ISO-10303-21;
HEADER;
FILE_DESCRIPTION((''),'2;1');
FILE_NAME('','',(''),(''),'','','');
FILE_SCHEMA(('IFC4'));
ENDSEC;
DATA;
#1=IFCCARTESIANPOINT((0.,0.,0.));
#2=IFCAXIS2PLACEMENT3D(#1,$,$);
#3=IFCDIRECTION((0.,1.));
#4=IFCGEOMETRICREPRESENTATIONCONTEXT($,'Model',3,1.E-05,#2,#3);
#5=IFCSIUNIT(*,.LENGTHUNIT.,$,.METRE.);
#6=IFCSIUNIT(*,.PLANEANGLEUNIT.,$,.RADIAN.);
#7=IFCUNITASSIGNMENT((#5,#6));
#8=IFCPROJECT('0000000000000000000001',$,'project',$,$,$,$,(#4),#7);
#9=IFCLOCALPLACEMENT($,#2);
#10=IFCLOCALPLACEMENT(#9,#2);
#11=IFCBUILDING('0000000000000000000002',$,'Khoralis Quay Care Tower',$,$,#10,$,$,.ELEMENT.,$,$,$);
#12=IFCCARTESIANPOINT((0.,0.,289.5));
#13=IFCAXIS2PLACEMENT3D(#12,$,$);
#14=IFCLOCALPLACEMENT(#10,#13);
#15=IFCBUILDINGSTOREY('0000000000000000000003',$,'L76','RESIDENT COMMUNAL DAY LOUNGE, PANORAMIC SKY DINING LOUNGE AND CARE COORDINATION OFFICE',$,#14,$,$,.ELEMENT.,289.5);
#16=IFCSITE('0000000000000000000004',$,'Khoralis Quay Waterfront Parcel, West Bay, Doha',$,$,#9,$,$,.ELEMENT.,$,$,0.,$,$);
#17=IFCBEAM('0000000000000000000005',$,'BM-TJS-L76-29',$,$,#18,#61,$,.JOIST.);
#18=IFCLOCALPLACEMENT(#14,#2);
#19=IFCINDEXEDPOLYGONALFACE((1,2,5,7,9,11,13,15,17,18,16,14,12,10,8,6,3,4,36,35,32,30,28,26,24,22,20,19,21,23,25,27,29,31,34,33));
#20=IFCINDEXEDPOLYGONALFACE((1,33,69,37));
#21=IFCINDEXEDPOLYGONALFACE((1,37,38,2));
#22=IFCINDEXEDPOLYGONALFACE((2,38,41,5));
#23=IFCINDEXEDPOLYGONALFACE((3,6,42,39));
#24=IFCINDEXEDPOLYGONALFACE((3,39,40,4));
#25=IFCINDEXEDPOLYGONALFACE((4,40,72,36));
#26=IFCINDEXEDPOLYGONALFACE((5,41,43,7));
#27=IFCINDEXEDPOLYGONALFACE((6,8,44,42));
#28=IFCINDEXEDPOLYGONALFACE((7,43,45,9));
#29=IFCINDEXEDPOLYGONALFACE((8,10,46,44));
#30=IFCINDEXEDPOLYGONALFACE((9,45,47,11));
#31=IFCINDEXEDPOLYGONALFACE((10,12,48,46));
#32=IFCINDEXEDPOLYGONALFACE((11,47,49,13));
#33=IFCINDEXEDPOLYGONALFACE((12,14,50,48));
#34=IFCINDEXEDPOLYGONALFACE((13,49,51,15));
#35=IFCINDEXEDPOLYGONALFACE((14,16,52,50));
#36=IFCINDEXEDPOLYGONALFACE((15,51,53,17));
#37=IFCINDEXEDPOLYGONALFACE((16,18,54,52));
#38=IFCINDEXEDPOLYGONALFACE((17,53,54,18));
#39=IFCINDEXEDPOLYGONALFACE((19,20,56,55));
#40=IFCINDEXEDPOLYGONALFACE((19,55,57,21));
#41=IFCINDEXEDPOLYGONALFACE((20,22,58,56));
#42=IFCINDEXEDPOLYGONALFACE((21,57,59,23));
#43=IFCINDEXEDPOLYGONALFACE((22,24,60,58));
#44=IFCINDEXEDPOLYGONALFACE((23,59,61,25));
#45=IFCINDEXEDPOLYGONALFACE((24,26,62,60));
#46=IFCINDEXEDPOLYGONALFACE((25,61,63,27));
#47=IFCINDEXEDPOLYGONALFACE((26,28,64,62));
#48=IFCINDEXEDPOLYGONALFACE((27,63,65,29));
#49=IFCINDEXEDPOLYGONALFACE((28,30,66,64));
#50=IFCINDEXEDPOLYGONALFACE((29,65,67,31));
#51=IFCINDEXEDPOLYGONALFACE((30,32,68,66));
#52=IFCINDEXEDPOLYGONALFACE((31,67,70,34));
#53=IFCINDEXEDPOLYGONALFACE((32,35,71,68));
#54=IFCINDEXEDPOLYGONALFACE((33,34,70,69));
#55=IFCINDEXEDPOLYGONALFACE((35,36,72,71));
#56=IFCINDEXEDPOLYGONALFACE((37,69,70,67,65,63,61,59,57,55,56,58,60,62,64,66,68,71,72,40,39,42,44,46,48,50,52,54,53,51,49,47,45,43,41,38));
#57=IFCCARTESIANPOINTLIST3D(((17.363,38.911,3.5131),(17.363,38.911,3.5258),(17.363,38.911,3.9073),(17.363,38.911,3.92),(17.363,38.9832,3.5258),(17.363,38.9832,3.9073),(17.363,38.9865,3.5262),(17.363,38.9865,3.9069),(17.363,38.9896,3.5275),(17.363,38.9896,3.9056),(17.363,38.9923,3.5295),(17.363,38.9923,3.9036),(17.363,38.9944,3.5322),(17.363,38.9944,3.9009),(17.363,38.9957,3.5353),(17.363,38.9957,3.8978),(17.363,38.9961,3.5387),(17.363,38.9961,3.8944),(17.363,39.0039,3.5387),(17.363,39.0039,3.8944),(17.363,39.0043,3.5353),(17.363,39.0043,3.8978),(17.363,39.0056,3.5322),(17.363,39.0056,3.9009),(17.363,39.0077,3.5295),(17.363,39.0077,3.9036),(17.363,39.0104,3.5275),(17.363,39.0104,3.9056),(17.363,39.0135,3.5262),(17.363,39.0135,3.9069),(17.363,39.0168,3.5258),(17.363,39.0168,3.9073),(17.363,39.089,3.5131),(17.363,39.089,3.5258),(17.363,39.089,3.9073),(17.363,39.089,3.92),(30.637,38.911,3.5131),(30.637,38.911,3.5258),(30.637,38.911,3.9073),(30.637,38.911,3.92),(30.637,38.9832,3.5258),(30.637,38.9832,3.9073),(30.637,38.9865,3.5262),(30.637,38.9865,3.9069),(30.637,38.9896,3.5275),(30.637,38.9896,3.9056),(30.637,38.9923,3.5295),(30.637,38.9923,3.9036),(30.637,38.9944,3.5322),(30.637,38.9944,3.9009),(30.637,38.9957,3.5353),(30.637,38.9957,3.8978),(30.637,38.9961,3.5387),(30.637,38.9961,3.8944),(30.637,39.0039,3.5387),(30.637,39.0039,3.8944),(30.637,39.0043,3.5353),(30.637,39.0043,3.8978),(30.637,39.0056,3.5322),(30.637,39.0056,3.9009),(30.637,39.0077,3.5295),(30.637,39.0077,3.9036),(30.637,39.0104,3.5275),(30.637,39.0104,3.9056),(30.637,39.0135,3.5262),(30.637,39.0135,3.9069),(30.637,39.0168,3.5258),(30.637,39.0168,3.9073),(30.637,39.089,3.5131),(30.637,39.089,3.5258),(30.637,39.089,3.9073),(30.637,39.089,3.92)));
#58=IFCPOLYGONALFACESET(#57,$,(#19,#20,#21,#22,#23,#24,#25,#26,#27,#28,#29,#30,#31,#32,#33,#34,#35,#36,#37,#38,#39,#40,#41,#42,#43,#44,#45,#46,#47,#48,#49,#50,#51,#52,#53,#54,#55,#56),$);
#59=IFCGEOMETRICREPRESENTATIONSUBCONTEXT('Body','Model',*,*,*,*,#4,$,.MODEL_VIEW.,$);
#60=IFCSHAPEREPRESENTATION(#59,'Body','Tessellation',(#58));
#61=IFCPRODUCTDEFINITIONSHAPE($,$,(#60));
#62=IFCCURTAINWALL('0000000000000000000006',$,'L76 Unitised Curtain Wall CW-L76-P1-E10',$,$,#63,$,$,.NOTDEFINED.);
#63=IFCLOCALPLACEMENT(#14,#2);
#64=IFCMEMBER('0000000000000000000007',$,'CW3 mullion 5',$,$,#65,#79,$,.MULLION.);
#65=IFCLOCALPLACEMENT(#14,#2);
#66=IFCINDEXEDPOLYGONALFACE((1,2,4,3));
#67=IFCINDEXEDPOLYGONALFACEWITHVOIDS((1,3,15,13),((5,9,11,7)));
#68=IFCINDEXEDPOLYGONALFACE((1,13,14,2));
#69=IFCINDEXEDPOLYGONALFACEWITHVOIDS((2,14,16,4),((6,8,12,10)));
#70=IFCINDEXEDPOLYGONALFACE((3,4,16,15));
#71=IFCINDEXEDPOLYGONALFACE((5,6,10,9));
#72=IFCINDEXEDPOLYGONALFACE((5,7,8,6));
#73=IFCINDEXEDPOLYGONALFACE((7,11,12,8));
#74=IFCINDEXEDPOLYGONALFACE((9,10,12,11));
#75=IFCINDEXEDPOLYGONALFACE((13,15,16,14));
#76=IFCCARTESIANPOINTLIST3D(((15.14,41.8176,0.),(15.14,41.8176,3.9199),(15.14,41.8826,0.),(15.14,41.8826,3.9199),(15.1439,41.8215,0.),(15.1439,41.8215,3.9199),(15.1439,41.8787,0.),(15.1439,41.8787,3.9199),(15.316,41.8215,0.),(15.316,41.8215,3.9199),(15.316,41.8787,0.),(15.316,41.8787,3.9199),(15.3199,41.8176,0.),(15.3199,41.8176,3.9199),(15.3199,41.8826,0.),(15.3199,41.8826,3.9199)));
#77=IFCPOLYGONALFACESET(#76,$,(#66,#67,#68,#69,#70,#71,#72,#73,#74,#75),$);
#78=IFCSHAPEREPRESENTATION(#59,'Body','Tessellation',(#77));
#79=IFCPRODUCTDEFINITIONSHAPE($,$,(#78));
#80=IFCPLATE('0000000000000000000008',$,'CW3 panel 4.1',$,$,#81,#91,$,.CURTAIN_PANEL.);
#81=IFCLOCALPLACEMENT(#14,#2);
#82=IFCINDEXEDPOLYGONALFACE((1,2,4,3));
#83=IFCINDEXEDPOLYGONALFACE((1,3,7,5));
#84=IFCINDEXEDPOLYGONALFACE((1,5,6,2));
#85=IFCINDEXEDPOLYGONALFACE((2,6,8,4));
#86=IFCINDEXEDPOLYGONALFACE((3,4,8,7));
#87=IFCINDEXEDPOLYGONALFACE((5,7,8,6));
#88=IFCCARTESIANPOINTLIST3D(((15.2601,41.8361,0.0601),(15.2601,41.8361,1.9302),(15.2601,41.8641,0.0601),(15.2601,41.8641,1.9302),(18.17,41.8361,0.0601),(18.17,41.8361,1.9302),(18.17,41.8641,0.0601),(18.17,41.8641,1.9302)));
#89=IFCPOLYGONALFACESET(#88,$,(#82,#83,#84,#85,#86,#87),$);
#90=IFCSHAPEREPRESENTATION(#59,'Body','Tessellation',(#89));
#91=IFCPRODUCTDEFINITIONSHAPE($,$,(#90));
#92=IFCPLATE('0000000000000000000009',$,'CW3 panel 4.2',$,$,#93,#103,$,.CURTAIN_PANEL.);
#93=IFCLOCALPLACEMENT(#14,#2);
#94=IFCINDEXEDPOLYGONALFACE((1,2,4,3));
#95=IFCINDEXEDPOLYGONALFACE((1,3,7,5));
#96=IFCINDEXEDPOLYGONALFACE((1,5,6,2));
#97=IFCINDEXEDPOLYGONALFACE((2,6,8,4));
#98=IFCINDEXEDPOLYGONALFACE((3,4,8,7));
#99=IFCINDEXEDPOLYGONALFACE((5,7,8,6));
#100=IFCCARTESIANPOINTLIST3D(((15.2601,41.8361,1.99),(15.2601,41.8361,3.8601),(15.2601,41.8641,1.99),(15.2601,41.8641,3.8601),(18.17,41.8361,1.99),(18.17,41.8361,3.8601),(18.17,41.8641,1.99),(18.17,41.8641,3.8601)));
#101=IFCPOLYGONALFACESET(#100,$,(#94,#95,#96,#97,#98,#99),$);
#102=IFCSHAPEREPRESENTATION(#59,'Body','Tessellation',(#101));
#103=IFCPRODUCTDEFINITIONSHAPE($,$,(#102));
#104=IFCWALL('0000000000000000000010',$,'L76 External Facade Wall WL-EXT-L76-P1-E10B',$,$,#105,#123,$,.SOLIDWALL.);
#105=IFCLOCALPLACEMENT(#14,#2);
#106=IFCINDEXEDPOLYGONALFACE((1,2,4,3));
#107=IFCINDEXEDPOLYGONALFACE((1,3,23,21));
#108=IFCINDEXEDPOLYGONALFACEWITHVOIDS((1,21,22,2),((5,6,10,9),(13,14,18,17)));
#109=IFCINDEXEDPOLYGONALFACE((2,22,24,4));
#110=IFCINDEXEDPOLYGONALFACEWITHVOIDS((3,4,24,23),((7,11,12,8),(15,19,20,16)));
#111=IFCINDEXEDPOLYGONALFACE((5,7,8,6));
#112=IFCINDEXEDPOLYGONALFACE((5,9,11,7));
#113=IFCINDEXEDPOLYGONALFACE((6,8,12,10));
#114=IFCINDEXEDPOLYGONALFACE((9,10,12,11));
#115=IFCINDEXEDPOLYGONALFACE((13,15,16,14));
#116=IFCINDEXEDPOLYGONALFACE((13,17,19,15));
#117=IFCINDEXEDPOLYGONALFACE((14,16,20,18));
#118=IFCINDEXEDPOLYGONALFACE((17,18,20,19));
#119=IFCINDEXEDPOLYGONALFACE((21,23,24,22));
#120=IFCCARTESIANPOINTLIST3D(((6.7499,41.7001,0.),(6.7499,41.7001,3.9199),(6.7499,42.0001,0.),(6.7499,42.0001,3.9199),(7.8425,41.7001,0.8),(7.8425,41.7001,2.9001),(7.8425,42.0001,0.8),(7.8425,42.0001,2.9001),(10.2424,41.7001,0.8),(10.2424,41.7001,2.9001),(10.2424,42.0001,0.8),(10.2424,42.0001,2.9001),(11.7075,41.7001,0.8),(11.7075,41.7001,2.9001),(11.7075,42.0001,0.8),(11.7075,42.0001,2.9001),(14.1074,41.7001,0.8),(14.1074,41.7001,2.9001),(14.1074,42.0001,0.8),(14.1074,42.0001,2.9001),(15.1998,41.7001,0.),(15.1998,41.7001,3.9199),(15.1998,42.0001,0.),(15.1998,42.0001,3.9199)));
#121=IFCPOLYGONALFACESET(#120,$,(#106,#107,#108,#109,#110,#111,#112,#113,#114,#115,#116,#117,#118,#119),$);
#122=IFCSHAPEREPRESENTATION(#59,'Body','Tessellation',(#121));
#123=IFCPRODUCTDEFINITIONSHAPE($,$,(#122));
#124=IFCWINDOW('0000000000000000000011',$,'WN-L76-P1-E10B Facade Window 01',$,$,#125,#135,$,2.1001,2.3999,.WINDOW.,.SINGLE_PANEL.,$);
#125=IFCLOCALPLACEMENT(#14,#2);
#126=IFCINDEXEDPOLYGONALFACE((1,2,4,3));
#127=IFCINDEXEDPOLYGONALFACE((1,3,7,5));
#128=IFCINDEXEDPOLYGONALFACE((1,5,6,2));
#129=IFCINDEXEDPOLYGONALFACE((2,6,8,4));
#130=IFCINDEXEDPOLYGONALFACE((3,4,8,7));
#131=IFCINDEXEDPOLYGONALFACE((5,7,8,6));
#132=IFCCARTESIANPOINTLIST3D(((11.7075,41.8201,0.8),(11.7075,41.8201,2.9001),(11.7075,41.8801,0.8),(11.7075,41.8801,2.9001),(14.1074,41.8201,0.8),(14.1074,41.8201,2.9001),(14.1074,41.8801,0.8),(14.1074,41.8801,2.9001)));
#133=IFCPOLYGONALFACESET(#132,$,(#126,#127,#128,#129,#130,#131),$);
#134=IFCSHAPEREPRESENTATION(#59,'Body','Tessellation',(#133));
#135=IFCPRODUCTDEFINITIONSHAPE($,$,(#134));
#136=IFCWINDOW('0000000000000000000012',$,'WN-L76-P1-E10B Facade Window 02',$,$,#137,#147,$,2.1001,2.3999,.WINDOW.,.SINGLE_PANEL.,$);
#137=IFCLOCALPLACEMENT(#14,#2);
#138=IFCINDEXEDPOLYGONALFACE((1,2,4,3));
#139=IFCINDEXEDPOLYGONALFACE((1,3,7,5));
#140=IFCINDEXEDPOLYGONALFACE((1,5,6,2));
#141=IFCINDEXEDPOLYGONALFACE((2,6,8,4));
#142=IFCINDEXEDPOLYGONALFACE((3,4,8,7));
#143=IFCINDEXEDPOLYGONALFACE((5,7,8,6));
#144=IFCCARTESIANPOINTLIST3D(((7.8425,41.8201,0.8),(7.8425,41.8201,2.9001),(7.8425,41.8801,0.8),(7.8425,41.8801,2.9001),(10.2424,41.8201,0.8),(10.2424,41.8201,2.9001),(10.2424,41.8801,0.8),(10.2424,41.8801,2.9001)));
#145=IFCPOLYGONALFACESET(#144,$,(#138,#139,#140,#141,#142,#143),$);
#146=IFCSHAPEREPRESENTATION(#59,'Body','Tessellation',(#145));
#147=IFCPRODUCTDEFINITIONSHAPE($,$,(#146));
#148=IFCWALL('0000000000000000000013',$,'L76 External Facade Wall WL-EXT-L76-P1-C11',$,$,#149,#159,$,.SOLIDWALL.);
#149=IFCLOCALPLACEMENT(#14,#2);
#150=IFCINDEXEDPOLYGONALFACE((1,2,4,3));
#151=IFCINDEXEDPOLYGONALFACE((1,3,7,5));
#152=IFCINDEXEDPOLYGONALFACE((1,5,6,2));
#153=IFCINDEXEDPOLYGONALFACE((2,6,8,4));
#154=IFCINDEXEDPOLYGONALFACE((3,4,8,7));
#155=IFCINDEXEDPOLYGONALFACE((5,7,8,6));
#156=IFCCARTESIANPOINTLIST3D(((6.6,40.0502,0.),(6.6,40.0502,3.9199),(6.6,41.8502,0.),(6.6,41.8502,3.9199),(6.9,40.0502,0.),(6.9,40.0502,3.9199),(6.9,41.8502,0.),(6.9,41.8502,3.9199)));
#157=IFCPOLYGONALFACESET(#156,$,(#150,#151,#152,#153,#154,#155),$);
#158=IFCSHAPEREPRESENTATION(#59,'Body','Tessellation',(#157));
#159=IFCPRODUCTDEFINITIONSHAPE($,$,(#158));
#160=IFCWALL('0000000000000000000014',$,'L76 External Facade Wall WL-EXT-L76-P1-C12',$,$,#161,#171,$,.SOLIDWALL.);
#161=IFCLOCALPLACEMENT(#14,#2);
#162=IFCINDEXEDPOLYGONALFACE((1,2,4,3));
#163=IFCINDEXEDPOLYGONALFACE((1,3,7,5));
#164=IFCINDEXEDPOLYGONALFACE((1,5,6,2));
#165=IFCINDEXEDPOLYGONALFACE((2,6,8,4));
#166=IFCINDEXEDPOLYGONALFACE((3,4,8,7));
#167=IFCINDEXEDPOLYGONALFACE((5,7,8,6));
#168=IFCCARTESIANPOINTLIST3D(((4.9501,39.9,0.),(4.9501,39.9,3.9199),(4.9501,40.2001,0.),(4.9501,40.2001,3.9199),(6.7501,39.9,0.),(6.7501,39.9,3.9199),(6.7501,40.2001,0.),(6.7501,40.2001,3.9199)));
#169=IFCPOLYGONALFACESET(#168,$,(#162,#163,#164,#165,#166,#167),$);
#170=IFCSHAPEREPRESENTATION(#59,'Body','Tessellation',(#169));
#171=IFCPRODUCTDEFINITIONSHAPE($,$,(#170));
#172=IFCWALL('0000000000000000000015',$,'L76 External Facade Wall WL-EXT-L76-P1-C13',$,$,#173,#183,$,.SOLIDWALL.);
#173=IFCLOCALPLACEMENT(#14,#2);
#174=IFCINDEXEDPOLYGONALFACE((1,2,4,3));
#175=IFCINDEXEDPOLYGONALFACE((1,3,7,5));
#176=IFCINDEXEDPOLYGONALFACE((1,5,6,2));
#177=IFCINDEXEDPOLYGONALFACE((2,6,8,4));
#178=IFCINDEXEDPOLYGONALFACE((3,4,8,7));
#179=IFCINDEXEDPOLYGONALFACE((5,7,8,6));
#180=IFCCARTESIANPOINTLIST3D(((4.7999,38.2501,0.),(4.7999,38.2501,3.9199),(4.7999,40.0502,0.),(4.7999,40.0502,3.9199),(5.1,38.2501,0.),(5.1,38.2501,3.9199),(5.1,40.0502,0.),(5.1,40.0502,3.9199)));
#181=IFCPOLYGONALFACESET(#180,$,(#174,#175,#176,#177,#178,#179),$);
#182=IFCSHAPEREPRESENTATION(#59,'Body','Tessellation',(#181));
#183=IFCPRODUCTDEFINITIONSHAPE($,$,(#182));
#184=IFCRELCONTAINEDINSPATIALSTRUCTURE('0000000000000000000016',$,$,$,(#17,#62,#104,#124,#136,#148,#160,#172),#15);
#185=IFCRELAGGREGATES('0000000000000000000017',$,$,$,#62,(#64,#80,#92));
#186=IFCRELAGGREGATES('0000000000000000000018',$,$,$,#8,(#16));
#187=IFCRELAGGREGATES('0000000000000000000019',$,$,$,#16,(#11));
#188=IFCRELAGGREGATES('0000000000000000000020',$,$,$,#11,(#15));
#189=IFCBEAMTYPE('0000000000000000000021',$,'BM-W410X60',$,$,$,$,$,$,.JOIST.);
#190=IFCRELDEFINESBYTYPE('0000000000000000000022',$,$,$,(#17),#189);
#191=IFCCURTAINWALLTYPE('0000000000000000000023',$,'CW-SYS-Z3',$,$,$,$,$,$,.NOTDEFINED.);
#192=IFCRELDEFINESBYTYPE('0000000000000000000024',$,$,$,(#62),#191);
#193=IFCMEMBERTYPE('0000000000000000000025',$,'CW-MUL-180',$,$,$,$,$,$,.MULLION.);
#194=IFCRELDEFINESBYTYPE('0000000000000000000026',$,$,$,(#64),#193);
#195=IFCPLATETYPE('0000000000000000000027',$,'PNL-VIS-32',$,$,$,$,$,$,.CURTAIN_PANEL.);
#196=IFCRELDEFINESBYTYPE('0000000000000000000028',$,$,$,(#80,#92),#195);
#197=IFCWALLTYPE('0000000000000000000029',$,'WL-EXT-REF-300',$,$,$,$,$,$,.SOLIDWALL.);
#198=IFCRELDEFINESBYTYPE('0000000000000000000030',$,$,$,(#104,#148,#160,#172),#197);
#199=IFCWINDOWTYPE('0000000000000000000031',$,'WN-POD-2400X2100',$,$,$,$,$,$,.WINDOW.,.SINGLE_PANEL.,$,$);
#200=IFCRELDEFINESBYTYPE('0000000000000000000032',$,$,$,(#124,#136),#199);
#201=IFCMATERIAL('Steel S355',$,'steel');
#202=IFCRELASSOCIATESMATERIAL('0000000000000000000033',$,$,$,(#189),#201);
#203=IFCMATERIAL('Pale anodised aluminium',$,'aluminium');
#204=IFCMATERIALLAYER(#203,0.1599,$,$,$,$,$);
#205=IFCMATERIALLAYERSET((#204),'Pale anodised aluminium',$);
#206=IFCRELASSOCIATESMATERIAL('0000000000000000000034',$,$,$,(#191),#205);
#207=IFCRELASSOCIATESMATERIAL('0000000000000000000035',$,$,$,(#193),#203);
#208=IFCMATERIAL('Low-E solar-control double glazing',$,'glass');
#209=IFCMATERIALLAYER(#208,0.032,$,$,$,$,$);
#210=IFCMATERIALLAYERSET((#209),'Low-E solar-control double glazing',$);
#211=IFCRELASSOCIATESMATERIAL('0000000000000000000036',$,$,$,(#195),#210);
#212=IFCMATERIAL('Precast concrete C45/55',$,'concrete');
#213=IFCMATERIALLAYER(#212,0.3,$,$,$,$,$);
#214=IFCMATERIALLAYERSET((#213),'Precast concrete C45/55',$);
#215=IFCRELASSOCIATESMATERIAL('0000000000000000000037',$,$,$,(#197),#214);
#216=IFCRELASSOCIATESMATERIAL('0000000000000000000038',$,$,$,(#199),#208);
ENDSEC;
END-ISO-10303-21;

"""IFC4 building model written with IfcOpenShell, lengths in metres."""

from ifc_helpers import new_model, si_unit, direction, frame, frame_2d, origin, origin_2d, place, context, subcontext, project, spatial, rectangle, hollow_rectangle, i_section, extrude, source, transform, mapped, material, layer, layer_set, material_profile, profile_set, type_object, element, fill, aggregate, save


model = new_model("IFC4")

# Units and contexts
model_context = context("Model", 3, precision=1e-05, world=origin(), true_north=direction((0.0, 1.0)))
body_context = subcontext(model_context, "Body", "Model", "MODEL_VIEW")
ifc_project = project(units=[si_unit("LENGTHUNIT", "METRE"), si_unit("PLANEANGLEUNIT", "RADIAN")], contexts=[model_context])

# Site, building, storey
site_placement = place(None, origin())
site = spatial("IfcSite", under=ifc_project, at=site_placement, Name="Khoralis Quay Waterfront Parcel, West Bay, Doha", CompositionType="ELEMENT", RefElevation=0.0)
building_placement = place(site_placement, origin())
building = spatial("IfcBuilding", under=site, at=building_placement, Name="Khoralis Quay Care Tower", CompositionType="ELEMENT")
storey_placement = place(building_placement, frame((0.0, 0.0, 289.5)))
storey = spatial("IfcBuildingStorey", under=building, at=storey_placement, Name="L76", Description="RESIDENT COMMUNAL DAY LOUNGE, PANORAMIC SKY DINING LOUNGE AND CARE COORDINATION OFFICE", CompositionType="ELEMENT", Elevation=289.5)

# Beam
ifc_material_1 = material(Name="Steel S355", Category="steel")
ifc_material_profile_1 = material_profile(ifc_material_1, i_section(OverallWidth=0.178, OverallDepth=0.407, WebThickness=0.0078, FlangeThickness=0.0127, FilletRadius=0.0129, at=origin_2d()), Name="Steel S355")
ifc_profile_set_1 = profile_set([ifc_material_profile_1], Name="Steel S355")
beam_type_1 = type_object("IfcBeamType", Name="BM-W410X60", PredefinedType="JOIST", material=ifc_profile_set_1)
shared_shape_1 = source(origin(), body_context, "Body", "SweptSolid", [
    extrude(i_section(OverallWidth=0.178, OverallDepth=0.407, WebThickness=0.0078, FlangeThickness=0.0127, FilletRadius=0.0129, at=origin_2d()), origin(), (0.0, 0.0, 1.0), 13.2739),
])
beam_1_placement = place(storey_placement, frame((17.363, 39.0, 3.7166), z_axis=(1.0, 0.0, 0.0), x_axis=(0.0, 1.0, 0.0)))
element("IfcBeam", 1, at=beam_1_placement, inside=storey, type_object=beam_type_1, Name="BM-TJS-L76-29", PredefinedType="JOIST", context=body_context, shape_type="MappedRepresentation", body=[
    mapped(shared_shape_1, transform((0.0, 0.0, 0.0), scale=1.0)),
])

# Curtain wall, member, plates
ifc_material_2 = material(Name="Pale anodised aluminium", Category="aluminium")
ifc_layer_1 = layer(ifc_material_2, 0.1599)
ifc_layer_set_1 = layer_set([ifc_layer_1], Name="Pale anodised aluminium")
curtain_wall_type = type_object("IfcCurtainWallType", Name="CW-SYS-Z3", PredefinedType="NOTDEFINED", material=ifc_layer_set_1)
curtain_wall_placement = place(storey_placement, origin())
curtain_wall = element("IfcCurtainWall", 2, at=curtain_wall_placement, inside=storey, type_object=curtain_wall_type, Name="L76 Unitised Curtain Wall CW-L76-P1-E10", PredefinedType="NOTDEFINED")
ifc_material_profile_2 = material_profile(ifc_material_2, hollow_rectangle(XDim=0.0649, YDim=0.1799, WallThickness=0.0039, at=origin_2d()), Name="Pale anodised aluminium")
ifc_profile_set_2 = profile_set([ifc_material_profile_2], Name="Pale anodised aluminium")
member_type = type_object("IfcMemberType", Name="CW-MUL-180", PredefinedType="MULLION", material=ifc_profile_set_2)
shared_shape_2 = source(origin(), body_context, "Body", "SweptSolid", [
    extrude(hollow_rectangle(XDim=0.0649, YDim=0.1799, WallThickness=0.0039, at=origin_2d()), origin(), (0.0, 0.0, 1.0), 3.9199),
])
member_placement = place(storey_placement, frame((15.23, 41.8501, 0.0), z_axis=(0.0, 0.0, 1.0), x_axis=(0.0, -1.0, 0.0)))
member = element("IfcMember", 3, at=member_placement, type_object=member_type, Name="CW3 mullion 5", PredefinedType="MULLION", context=body_context, shape_type="MappedRepresentation", body=[
    mapped(shared_shape_2, transform((0.0, 0.0, 0.0), scale=1.0)),
])
ifc_material_3 = material(Name="Low-E solar-control double glazing", Category="glass")
ifc_layer_2 = layer(ifc_material_3, 0.032)
ifc_layer_set_2 = layer_set([ifc_layer_2], Name="Low-E solar-control double glazing")
plate_type = type_object("IfcPlateType", Name="PNL-VIS-32", PredefinedType="CURTAIN_PANEL", material=ifc_layer_set_2)
shared_shape_3 = source(origin(), body_context, "Body", "SweptSolid", [
    extrude(rectangle(XDim=2.9099, YDim=0.0281, at=origin_2d()), origin(), (0.0, 0.0, 1.0), 1.8701),
])
plate_1_placement = place(storey_placement, frame((16.7151, 41.8501, 0.0601), z_axis=(0.0, 0.0, 1.0), x_axis=(-1.0, 0.0, 0.0)))
plate_1 = element("IfcPlate", 4, at=plate_1_placement, type_object=plate_type, Name="CW3 panel 4.1", PredefinedType="CURTAIN_PANEL", context=body_context, shape_type="MappedRepresentation", body=[
    mapped(shared_shape_3, transform((0.0, 0.0, 0.0), scale=1.0)),
])
plate_2_placement = place(storey_placement, frame((16.7151, 41.8501, 1.99), z_axis=(0.0, 0.0, 1.0), x_axis=(-1.0, 0.0, 0.0)))
plate_2 = element("IfcPlate", 5, at=plate_2_placement, type_object=plate_type, Name="CW3 panel 4.2", PredefinedType="CURTAIN_PANEL", context=body_context, shape_type="MappedRepresentation", body=[
    mapped(shared_shape_3, transform((0.0, 0.0, 0.0), scale=1.0)),
])
aggregate(curtain_wall, [member, plate_1, plate_2])

# Wall, openings, windows
ifc_material_4 = material(Name="Precast concrete C45/55", Category="concrete")
ifc_layer_3 = layer(ifc_material_4, 0.3)
ifc_layer_set_3 = layer_set([ifc_layer_3], Name="Precast concrete C45/55")
wall_type = type_object("IfcWallType", Name="WL-EXT-REF-300", PredefinedType="SOLIDWALL", material=ifc_layer_set_3)
wall_1_placement = place(storey_placement, frame((15.2, 41.8501, 0.0), z_axis=(0.0, 0.0, 1.0), x_axis=(-1.0, 0.0, 0.0)))
wall_1 = element("IfcWall", 6, at=wall_1_placement, inside=storey, type_object=wall_type, Name="L76 External Facade Wall WL-EXT-L76-P1-E10B", PredefinedType="SOLIDWALL", context=body_context, shape_type="SweptSolid", body=[
    extrude(rectangle(XDim=8.45, YDim=0.3, at=frame_2d((4.2251, 0.0))), origin(), (0.0, 0.0, 1.0), 3.9199),
])
opening_1_placement = place(wall_1_placement, frame((1.0925, 0.0, 0.8)))
opening_1 = element("IfcOpeningElement", 7, at=opening_1_placement, cuts=wall_1, PredefinedType="OPENING", context=body_context, shape_type="SweptSolid", body=[
    extrude(rectangle(XDim=2.3999, YDim=2.1001, at=frame_2d((1.2, 1.05))), frame((0.0, 0.1602, 0.0), z_axis=(0.0, -1.0, 0.0), x_axis=(1.0, 0.0, 0.0)), (0.0, 0.0, 1.0), 0.3201),
])
opening_2_placement = place(wall_1_placement, frame((4.9575, 0.0, 0.8)))
opening_2 = element("IfcOpeningElement", 8, at=opening_2_placement, cuts=wall_1, PredefinedType="OPENING", context=body_context, shape_type="SweptSolid", body=[
    extrude(rectangle(XDim=2.3999, YDim=2.1001, at=frame_2d((1.2, 1.05))), frame((0.0, 0.1602, 0.0), z_axis=(0.0, -1.0, 0.0), x_axis=(1.0, 0.0, 0.0)), (0.0, 0.0, 1.0), 0.3201),
])
window_type = type_object("IfcWindowType", Name="WN-POD-2400X2100", PartitioningType="SINGLE_PANEL", PredefinedType="WINDOW", material=ifc_material_3)
shared_shape_4 = source(origin(), body_context, "Body", "SweptSolid", [
    extrude(rectangle(XDim=2.3999, YDim=2.1001, at=frame_2d((1.2, 1.05))), frame((0.0, 0.03, 0.0), z_axis=(0.0, -1.0, 0.0), x_axis=(1.0, 0.0, 0.0)), (0.0, 0.0, 1.0), 0.0601),
])
window_1_placement = place(opening_1_placement, origin())
window_1 = element("IfcWindow", 9, at=window_1_placement, inside=storey, type_object=window_type, Name="WN-L76-P1-E10B Facade Window 01", OverallHeight=2.1001, OverallWidth=2.3999, PartitioningType="SINGLE_PANEL", PredefinedType="WINDOW", context=body_context, shape_type="MappedRepresentation", body=[
    mapped(shared_shape_4, transform((0.0, 0.0, 0.0), scale=1.0)),
])
fill(opening_1, window_1)
window_2_placement = place(opening_2_placement, origin())
window_2 = element("IfcWindow", 10, at=window_2_placement, inside=storey, type_object=window_type, Name="WN-L76-P1-E10B Facade Window 02", OverallHeight=2.1001, OverallWidth=2.3999, PartitioningType="SINGLE_PANEL", PredefinedType="WINDOW", context=body_context, shape_type="MappedRepresentation", body=[
    mapped(shared_shape_4, transform((0.0, 0.0, 0.0), scale=1.0)),
])
fill(opening_2, window_2)

# Walls
for number, where, z_axis, x_axis, name in (
    (11, (6.75, 41.8501, 0.0), (0.0, 0.0, 1.0), (0.0, -1.0, 0.0), "L76 External Facade Wall WL-EXT-L76-P1-C11"),
    (12, (6.75, 40.05, 0.0), (0.0, 0.0, 1.0), (-1.0, 0.0, 0.0), "L76 External Facade Wall WL-EXT-L76-P1-C12"),
    (13, (4.95, 40.05, 0.0), (0.0, 0.0, 1.0), (0.0, -1.0, 0.0), "L76 External Facade Wall WL-EXT-L76-P1-C13"),
):
    element("IfcWall", number, at=place(storey_placement, frame(where, z_axis=z_axis, x_axis=x_axis)), inside=storey, type_object=wall_type, Name=name, PredefinedType="SOLIDWALL", context=body_context, shape_type="SweptSolid", body=[
        extrude(rectangle(XDim=1.8, YDim=0.3, at=frame_2d((0.8999, 0.0))), origin(), (0.0, 0.0, 1.0), 3.9199),
    ])

save(model, "model.ifc")
